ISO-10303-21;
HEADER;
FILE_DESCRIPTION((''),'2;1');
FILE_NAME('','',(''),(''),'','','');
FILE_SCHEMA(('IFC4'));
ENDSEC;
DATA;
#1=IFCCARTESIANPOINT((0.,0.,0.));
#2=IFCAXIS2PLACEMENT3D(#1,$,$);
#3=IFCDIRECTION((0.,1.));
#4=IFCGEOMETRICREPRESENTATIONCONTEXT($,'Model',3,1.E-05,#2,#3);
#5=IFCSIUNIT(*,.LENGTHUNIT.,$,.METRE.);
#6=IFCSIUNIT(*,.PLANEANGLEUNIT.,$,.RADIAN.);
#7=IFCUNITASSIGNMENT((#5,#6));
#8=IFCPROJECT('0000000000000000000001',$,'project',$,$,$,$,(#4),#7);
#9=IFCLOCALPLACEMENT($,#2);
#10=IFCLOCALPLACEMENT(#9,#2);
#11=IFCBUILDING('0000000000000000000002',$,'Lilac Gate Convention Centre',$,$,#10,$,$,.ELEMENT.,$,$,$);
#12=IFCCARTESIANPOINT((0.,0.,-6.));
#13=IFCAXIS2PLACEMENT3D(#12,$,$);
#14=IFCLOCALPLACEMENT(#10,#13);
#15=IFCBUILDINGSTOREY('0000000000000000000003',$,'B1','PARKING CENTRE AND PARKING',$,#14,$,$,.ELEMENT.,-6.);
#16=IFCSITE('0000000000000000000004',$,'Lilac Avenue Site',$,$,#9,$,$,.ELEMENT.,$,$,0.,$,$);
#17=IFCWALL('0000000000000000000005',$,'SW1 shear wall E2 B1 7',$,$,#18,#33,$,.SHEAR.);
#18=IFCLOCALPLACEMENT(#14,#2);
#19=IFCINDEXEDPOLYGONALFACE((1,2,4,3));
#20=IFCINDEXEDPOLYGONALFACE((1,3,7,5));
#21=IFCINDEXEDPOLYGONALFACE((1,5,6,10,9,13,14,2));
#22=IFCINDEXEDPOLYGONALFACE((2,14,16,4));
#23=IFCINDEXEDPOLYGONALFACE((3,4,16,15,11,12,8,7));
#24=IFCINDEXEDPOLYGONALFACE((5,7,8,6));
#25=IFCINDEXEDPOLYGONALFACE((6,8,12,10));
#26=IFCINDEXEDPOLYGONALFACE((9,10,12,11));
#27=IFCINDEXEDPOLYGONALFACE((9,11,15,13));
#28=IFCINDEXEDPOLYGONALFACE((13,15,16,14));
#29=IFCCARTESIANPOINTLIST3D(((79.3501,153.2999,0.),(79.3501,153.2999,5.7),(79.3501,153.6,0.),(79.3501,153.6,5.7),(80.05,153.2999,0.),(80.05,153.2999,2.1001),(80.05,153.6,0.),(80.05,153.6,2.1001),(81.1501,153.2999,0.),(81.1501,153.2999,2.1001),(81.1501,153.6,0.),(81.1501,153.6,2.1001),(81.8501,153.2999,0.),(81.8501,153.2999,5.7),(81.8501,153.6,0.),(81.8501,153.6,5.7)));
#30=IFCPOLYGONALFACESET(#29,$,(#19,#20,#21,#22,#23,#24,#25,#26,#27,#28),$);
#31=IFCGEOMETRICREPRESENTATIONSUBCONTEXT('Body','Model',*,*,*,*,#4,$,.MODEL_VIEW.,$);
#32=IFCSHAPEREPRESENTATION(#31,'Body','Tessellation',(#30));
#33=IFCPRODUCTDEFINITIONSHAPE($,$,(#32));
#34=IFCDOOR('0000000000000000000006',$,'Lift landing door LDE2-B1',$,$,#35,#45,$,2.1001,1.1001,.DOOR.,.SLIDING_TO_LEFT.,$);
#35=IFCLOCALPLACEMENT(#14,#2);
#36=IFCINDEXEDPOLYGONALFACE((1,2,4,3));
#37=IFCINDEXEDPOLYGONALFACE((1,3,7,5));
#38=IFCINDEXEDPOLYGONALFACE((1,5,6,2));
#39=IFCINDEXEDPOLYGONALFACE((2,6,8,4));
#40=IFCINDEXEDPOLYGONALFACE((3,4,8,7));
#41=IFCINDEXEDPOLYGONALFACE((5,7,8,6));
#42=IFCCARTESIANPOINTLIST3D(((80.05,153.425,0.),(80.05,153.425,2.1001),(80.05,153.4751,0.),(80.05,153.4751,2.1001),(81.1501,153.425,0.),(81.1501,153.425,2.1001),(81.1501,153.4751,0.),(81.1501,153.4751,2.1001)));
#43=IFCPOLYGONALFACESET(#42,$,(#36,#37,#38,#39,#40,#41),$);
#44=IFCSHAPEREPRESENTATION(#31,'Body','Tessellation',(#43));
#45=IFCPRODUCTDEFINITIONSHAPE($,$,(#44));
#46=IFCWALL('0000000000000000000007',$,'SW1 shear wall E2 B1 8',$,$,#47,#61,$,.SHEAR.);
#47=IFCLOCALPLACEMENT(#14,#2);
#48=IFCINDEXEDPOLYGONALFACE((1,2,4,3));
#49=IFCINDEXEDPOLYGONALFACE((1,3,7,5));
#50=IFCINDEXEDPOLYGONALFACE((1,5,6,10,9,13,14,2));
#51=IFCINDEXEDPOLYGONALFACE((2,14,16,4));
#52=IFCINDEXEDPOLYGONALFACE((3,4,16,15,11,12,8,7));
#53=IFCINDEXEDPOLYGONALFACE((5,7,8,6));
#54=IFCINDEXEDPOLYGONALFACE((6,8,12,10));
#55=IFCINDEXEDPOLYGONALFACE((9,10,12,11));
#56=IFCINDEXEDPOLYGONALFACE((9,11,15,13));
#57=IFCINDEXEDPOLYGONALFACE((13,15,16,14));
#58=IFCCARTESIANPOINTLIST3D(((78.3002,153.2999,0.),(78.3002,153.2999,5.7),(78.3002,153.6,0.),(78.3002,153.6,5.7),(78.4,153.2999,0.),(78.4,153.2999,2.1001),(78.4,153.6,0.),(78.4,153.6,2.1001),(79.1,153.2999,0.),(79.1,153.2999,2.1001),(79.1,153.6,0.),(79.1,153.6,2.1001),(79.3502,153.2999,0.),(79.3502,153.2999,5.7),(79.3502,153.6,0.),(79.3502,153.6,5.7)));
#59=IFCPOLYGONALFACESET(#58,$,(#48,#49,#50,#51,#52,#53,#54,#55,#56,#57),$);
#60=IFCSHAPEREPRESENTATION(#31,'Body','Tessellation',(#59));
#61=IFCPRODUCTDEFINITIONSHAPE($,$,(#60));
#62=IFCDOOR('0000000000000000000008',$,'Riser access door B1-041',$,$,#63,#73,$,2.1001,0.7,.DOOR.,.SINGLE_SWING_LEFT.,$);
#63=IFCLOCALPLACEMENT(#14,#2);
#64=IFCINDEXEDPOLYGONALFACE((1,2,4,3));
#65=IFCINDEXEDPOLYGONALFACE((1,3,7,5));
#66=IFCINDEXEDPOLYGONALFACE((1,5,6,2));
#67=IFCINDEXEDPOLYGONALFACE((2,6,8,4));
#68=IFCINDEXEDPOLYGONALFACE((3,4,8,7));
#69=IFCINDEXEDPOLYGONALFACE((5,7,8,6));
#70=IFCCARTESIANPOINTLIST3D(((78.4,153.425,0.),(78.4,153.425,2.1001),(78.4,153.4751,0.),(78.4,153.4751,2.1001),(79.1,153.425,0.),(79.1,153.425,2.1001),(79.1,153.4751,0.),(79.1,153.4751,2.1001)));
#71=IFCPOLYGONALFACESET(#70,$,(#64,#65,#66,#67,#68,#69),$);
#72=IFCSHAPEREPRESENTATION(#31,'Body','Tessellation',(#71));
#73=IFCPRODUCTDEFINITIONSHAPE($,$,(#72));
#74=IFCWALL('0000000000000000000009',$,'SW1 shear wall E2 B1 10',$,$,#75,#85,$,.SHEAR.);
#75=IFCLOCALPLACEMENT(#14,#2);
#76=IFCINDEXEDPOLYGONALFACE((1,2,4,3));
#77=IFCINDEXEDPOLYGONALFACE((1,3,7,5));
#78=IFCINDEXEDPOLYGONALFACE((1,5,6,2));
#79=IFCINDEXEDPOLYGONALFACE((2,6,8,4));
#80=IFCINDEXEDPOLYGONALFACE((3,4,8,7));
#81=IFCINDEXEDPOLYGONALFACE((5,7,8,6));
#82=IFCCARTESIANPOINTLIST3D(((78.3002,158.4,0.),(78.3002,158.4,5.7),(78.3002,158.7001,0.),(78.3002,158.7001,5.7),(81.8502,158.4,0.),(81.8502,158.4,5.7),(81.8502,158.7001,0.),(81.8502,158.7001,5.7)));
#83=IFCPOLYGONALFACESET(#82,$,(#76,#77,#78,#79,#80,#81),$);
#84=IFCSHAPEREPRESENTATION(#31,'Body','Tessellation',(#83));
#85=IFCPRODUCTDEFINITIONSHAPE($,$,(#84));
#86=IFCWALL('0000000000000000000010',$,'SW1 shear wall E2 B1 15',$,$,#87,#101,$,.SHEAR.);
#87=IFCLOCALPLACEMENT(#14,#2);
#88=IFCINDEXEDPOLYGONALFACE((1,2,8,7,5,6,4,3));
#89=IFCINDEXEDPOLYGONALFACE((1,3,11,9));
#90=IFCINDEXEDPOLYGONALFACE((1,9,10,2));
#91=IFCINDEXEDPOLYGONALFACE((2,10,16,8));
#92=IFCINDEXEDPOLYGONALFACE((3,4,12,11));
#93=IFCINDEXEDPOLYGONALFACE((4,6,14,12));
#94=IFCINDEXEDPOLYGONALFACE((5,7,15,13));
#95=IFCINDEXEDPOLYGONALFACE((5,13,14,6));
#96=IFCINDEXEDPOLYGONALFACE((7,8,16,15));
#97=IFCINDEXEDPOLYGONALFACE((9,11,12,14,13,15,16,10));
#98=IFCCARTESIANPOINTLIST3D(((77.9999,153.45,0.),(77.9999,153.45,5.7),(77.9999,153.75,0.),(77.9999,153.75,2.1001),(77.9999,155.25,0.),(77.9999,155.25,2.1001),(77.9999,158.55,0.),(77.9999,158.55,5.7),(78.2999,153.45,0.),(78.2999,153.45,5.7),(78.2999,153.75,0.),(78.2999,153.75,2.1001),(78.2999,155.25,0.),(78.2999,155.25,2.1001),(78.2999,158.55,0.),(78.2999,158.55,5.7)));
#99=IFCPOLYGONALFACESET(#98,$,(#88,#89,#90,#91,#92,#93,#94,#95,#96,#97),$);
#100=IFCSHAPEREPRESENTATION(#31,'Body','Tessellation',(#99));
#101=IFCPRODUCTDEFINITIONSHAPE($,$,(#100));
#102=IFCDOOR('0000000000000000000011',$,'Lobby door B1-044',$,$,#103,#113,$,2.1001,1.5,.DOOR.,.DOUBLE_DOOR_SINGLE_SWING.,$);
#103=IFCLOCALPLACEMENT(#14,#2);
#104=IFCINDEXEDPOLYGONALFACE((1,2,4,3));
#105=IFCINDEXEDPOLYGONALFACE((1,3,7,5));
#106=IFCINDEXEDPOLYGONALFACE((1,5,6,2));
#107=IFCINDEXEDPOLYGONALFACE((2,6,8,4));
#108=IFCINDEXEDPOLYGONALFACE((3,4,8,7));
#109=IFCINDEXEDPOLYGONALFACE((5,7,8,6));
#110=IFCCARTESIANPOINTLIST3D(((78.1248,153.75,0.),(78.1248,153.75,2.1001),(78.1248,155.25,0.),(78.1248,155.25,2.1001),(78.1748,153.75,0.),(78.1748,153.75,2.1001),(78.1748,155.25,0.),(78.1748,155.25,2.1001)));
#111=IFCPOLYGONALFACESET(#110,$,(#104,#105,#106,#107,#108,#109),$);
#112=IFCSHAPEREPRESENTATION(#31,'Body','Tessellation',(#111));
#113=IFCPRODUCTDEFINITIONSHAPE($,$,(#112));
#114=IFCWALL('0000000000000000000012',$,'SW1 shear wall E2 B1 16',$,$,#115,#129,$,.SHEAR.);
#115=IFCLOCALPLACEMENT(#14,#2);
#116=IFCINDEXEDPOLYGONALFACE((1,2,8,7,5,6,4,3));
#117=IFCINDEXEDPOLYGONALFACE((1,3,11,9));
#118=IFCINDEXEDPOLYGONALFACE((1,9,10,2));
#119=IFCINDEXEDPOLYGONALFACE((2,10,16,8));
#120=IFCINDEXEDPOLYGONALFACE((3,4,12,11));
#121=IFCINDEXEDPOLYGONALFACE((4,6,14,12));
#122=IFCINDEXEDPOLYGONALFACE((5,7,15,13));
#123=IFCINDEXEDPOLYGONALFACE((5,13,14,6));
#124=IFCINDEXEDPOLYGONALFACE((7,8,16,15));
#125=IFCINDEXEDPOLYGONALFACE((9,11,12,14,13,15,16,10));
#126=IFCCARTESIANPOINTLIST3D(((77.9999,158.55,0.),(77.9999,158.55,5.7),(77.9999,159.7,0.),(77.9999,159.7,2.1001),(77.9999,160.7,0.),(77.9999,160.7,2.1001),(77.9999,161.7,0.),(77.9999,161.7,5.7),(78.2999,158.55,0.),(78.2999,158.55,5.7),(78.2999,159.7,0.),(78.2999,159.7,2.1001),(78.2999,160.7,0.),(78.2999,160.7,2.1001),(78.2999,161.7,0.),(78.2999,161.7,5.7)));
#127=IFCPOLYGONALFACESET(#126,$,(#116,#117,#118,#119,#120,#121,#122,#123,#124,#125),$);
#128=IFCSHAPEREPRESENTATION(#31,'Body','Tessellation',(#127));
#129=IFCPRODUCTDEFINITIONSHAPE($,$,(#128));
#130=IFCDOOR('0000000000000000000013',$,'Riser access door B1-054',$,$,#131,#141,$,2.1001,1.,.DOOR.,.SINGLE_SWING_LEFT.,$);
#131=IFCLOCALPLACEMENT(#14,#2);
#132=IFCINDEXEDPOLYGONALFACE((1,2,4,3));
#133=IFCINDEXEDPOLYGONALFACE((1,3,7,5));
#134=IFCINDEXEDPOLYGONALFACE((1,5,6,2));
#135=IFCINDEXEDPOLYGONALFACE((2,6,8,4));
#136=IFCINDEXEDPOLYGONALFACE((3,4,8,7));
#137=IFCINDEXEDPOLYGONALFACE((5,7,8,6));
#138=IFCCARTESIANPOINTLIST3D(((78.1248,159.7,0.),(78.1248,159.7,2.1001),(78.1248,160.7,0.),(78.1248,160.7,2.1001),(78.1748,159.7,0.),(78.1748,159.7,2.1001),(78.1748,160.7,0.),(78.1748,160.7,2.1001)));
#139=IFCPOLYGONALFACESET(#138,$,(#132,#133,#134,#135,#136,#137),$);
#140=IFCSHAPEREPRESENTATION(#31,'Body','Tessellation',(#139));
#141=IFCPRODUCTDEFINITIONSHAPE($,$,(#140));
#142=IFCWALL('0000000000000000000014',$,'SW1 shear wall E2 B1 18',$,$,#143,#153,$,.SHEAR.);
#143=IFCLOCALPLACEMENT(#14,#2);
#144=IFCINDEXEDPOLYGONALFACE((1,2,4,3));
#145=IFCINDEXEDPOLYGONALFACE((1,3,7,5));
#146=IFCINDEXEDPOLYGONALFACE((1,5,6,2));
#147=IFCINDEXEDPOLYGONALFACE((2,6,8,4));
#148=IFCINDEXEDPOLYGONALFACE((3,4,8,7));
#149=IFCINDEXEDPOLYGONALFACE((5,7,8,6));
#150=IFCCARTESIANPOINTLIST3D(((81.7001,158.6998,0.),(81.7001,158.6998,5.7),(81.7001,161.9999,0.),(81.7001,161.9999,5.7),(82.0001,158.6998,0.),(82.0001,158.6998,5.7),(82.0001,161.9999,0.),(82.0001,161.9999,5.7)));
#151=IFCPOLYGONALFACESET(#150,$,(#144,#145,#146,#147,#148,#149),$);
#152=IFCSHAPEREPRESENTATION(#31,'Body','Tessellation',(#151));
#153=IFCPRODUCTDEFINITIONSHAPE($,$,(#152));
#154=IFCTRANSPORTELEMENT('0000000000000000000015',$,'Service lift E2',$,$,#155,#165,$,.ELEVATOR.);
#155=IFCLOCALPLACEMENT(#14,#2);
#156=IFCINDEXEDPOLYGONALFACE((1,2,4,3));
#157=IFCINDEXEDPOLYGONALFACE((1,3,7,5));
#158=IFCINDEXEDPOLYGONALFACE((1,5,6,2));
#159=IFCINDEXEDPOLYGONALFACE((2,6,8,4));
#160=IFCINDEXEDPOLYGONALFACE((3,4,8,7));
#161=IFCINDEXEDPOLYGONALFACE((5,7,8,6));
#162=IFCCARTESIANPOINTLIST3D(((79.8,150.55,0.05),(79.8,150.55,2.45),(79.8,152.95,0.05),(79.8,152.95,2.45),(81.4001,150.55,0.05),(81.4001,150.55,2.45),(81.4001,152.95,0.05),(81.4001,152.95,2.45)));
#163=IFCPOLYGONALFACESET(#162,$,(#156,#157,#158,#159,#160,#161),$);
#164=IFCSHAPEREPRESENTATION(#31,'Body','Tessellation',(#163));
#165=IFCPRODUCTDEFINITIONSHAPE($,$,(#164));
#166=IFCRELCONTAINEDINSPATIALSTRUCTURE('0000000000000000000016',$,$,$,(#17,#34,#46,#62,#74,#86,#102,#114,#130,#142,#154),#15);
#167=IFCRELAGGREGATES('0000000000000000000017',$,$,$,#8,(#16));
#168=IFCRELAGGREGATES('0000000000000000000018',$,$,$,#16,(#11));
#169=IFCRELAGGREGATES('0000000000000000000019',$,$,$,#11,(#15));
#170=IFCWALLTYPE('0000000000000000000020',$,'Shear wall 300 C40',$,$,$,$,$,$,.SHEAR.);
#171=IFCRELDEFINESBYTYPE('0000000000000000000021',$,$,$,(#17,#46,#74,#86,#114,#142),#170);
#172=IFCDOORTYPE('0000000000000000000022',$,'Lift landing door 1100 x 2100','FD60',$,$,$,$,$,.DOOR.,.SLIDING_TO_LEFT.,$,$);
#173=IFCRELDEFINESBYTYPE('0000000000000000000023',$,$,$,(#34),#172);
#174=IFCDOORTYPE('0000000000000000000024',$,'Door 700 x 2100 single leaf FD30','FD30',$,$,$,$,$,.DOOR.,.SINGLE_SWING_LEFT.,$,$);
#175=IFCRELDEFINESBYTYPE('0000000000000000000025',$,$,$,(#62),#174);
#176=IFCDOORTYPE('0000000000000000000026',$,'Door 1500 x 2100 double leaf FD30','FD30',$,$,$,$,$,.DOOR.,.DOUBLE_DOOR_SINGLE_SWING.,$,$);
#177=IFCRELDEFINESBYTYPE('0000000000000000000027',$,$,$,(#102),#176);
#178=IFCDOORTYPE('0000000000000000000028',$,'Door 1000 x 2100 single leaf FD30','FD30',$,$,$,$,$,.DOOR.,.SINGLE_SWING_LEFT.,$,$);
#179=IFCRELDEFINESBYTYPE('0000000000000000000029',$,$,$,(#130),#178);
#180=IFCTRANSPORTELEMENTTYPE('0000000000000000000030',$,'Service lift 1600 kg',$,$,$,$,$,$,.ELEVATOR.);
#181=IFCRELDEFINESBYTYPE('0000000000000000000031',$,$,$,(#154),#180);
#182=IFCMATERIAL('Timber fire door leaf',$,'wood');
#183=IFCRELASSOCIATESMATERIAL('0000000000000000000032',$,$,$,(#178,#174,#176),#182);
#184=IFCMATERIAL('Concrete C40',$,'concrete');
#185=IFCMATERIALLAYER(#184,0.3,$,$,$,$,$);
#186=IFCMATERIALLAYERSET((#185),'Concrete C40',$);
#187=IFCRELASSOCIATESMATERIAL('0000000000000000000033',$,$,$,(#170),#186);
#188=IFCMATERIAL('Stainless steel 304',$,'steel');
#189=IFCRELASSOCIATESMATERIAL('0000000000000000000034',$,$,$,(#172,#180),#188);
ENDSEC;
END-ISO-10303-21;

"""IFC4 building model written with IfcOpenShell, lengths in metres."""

from ifc_helpers import new_model, si_unit, direction, frame, frame_2d, origin, origin_2d, place, context, subcontext, project, spatial, rectangle, extrude, material, layer, layer_set, type_object, element, fill, save


model = new_model("IFC4")

# Units and contexts
model_context = context("Model", 3, precision=1e-05, world=origin(), true_north=direction((0.0, 1.0)))
body_context = subcontext(model_context, "Body", "Model", "MODEL_VIEW")
ifc_project = project(units=[si_unit("LENGTHUNIT", "METRE"), si_unit("PLANEANGLEUNIT", "RADIAN")], contexts=[model_context])

# Site, building, storey
site_placement = place(None, origin())
site = spatial("IfcSite", under=ifc_project, at=site_placement, Name="Lilac Avenue Site", CompositionType="ELEMENT", RefElevation=0.0)
building_placement = place(site_placement, origin())
building = spatial("IfcBuilding", under=site, at=building_placement, Name="Lilac Gate Convention Centre", CompositionType="ELEMENT")
storey_placement = place(building_placement, frame((0.0, 0.0, -6.0)))
storey = spatial("IfcBuildingStorey", under=building, at=storey_placement, Name="B1", Description="PARKING CENTRE AND PARKING", CompositionType="ELEMENT", Elevation=-6.0)

# Shared definitions
ifc_material_1 = material(Name="Timber fire door leaf", Category="wood")
door_type_1 = type_object("IfcDoorType", Name="Door 1000 x 2100 single leaf FD30", Description="FD30", OperationType="SINGLE_SWING_LEFT", PredefinedType="DOOR", material=ifc_material_1)

# Shared definitions
ifc_material_2 = material(Name="Concrete C40", Category="concrete")
ifc_layer_1 = layer(ifc_material_2, 0.3)
ifc_layer_set_1 = layer_set([ifc_layer_1], Name="Concrete C40")
wall_type_1 = type_object("IfcWallType", Name="Shear wall 300 C40", PredefinedType="SHEAR", material=ifc_layer_set_1)

# Walls, openings, doors
wall_1_placement = place(storey_placement, frame((81.8501, 153.45, 0.0), z_axis=(0.0, 0.0, 1.0), x_axis=(-1.0, 0.0, 0.0)))
wall_1 = element("IfcWall", 1, at=wall_1_placement, inside=storey, type_object=wall_type_1, Name="SW1 shear wall E2 B1 7", PredefinedType="SHEAR", context=body_context, shape_type="SweptSolid", body=[
    extrude(rectangle(XDim=2.5, YDim=0.3, at=frame_2d((1.25, 0.0))), origin(), (0.0, 0.0, 1.0), 5.7),
])
opening_1_placement = place(wall_1_placement, frame((0.7, 0.0, 0.0)))
opening_1 = element("IfcOpeningElement", 2, at=opening_1_placement, cuts=wall_1, PredefinedType="OPENING", context=body_context, shape_type="SweptSolid", body=[
    extrude(rectangle(XDim=1.1001, YDim=2.1001, at=frame_2d((0.55, 1.05))), frame((0.0, 0.1599, 0.0), z_axis=(0.0, -1.0, 0.0), x_axis=(1.0, 0.0, 0.0)), (0.0, 0.0, 1.0), 0.3201),
])
ifc_material_3 = material(Name="Stainless steel 304", Category="steel")
door_type_2 = type_object("IfcDoorType", Name="Lift landing door 1100 x 2100", Description="FD60", OperationType="SLIDING_TO_LEFT", PredefinedType="DOOR", material=ifc_material_3)
door_1_placement = place(opening_1_placement, origin())
door_1 = element("IfcDoor", 3, at=door_1_placement, inside=storey, type_object=door_type_2, Name="Lift landing door LDE2-B1", OperationType="SLIDING_TO_LEFT", OverallHeight=2.1001, OverallWidth=1.1001, PredefinedType="DOOR", context=body_context, shape_type="SweptSolid", body=[
    extrude(rectangle(XDim=1.1001, YDim=2.1001, at=frame_2d((0.55, 1.05))), frame((0.0, 0.0249, 0.0), z_axis=(0.0, -1.0, 0.0), x_axis=(1.0, 0.0, 0.0)), (0.0, 0.0, 1.0), 0.05),
])
fill(opening_1, door_1)
wall_2_placement = place(storey_placement, frame((79.3501, 153.45, 0.0), z_axis=(0.0, 0.0, 1.0), x_axis=(-1.0, 0.0, 0.0)))
wall_2 = element("IfcWall", 4, at=wall_2_placement, inside=storey, type_object=wall_type_1, Name="SW1 shear wall E2 B1 8", PredefinedType="SHEAR", context=body_context, shape_type="SweptSolid", body=[
    extrude(rectangle(XDim=1.05, YDim=0.3, at=frame_2d((0.5249, 0.0))), origin(), (0.0, 0.0, 1.0), 5.7),
])
opening_2_placement = place(wall_2_placement, frame((0.25, 0.0, 0.0)))
opening_2 = element("IfcOpeningElement", 5, at=opening_2_placement, cuts=wall_2, PredefinedType="OPENING", context=body_context, shape_type="SweptSolid", body=[
    extrude(rectangle(XDim=0.7, YDim=2.1001, at=frame_2d((0.3501, 1.05))), frame((0.0, 0.1599, 0.0), z_axis=(0.0, -1.0, 0.0), x_axis=(1.0, 0.0, 0.0)), (0.0, 0.0, 1.0), 0.3201),
])
door_type_3 = type_object("IfcDoorType", Name="Door 700 x 2100 single leaf FD30", Description="FD30", OperationType="SINGLE_SWING_LEFT", PredefinedType="DOOR", material=ifc_material_1)
door_2_placement = place(opening_2_placement, origin())
door_2 = element("IfcDoor", 6, at=door_2_placement, inside=storey, type_object=door_type_3, Name="Riser access door B1-041", OperationType="SINGLE_SWING_LEFT", OverallHeight=2.1001, OverallWidth=0.7, PredefinedType="DOOR", context=body_context, shape_type="SweptSolid", body=[
    extrude(rectangle(XDim=0.7, YDim=2.1001, at=frame_2d((0.3501, 1.05))), frame((0.0, 0.0249, 0.0), z_axis=(0.0, -1.0, 0.0), x_axis=(1.0, 0.0, 0.0)), (0.0, 0.0, 1.0), 0.05),
])
fill(opening_2, door_2)

# Wall
wall_3_placement = place(storey_placement, frame((81.8501, 158.55, 0.0), z_axis=(0.0, 0.0, 1.0), x_axis=(-1.0, 0.0, 0.0)))
element("IfcWall", 7, at=wall_3_placement, inside=storey, type_object=wall_type_1, Name="SW1 shear wall E2 B1 10", PredefinedType="SHEAR", context=body_context, shape_type="SweptSolid", body=[
    extrude(rectangle(XDim=3.55, YDim=0.3, at=frame_2d((1.7749, 0.0))), origin(), (0.0, 0.0, 1.0), 5.7),
])

# Walls, openings, doors
wall_4_placement = place(storey_placement, frame((78.1499, 153.45, 0.0), z_axis=(0.0, 0.0, 1.0), x_axis=(0.0, 1.0, 0.0)))
wall_4 = element("IfcWall", 8, at=wall_4_placement, inside=storey, type_object=wall_type_1, Name="SW1 shear wall E2 B1 15", PredefinedType="SHEAR", context=body_context, shape_type="SweptSolid", body=[
    extrude(rectangle(XDim=5.1001, YDim=0.3, at=frame_2d((2.55, 0.0))), origin(), (0.0, 0.0, 1.0), 5.7),
])
opening_3_placement = place(wall_4_placement, frame((0.3, 0.0, 0.0)))
opening_3 = element("IfcOpeningElement", 9, at=opening_3_placement, cuts=wall_4, PredefinedType="OPENING", context=body_context, shape_type="SweptSolid", body=[
    extrude(rectangle(XDim=1.5, YDim=2.1001, at=frame_2d((0.75, 1.05))), frame((0.0, 0.1599, 0.0), z_axis=(0.0, -1.0, 0.0), x_axis=(1.0, 0.0, 0.0)), (0.0, 0.0, 1.0), 0.3201),
])
door_type_4 = type_object("IfcDoorType", Name="Door 1500 x 2100 double leaf FD30", Description="FD30", OperationType="DOUBLE_DOOR_SINGLE_SWING", PredefinedType="DOOR", material=ifc_material_1)
door_3_placement = place(opening_3_placement, frame((1.5, 0.0, 0.0), z_axis=(0.0, 0.0, 1.0), x_axis=(-1.0, 0.0, 0.0)))
door_3 = element("IfcDoor", 10, at=door_3_placement, inside=storey, type_object=door_type_4, Name="Lobby door B1-044", OperationType="DOUBLE_DOOR_SINGLE_SWING", OverallHeight=2.1001, OverallWidth=1.5, PredefinedType="DOOR", context=body_context, shape_type="SweptSolid", body=[
    extrude(rectangle(XDim=1.5, YDim=2.1001, at=frame_2d((0.75, 1.05))), frame((0.0, 0.0249, 0.0), z_axis=(0.0, -1.0, 0.0), x_axis=(1.0, 0.0, 0.0)), (0.0, 0.0, 1.0), 0.05),
])
fill(opening_3, door_3)
wall_5_placement = place(storey_placement, frame((78.1499, 158.55, 0.0), z_axis=(0.0, 0.0, 1.0), x_axis=(0.0, 1.0, 0.0)))
wall_5 = element("IfcWall", 11, at=wall_5_placement, inside=storey, type_object=wall_type_1, Name="SW1 shear wall E2 B1 16", PredefinedType="SHEAR", context=body_context, shape_type="SweptSolid", body=[
    extrude(rectangle(XDim=3.1499, YDim=0.3, at=frame_2d((1.575, 0.0))), origin(), (0.0, 0.0, 1.0), 5.7),
])
opening_4_placement = place(wall_5_placement, frame((1.1499, 0.0, 0.0)))
opening_4 = element("IfcOpeningElement", 12, at=opening_4_placement, cuts=wall_5, PredefinedType="OPENING", context=body_context, shape_type="SweptSolid", body=[
    extrude(rectangle(XDim=1.0, YDim=2.1001, at=frame_2d((0.5, 1.05))), frame((0.0, 0.1599, 0.0), z_axis=(0.0, -1.0, 0.0), x_axis=(1.0, 0.0, 0.0)), (0.0, 0.0, 1.0), 0.3201),
])
door_4_placement = place(opening_4_placement, frame((1.0, 0.0, 0.0), z_axis=(0.0, 0.0, 1.0), x_axis=(-1.0, 0.0, 0.0)))
door_4 = element("IfcDoor", 13, at=door_4_placement, inside=storey, type_object=door_type_1, Name="Riser access door B1-054", OperationType="SINGLE_SWING_LEFT", OverallHeight=2.1001, OverallWidth=1.0, PredefinedType="DOOR", context=body_context, shape_type="SweptSolid", body=[
    extrude(rectangle(XDim=1.0, YDim=2.1001, at=frame_2d((0.5, 1.05))), frame((0.0, 0.0249, 0.0), z_axis=(0.0, -1.0, 0.0), x_axis=(1.0, 0.0, 0.0)), (0.0, 0.0, 1.0), 0.05),
])
fill(opening_4, door_4)

# Wall
wall_6_placement = place(storey_placement, frame((81.8501, 158.7, 0.0), z_axis=(0.0, 0.0, 1.0), x_axis=(0.0, 1.0, 0.0)))
element("IfcWall", 14, at=wall_6_placement, inside=storey, type_object=wall_type_1, Name="SW1 shear wall E2 B1 18", PredefinedType="SHEAR", context=body_context, shape_type="SweptSolid", body=[
    extrude(rectangle(XDim=3.3, YDim=0.3, at=frame_2d((1.6499, 0.0))), origin(), (0.0, 0.0, 1.0), 5.7),
])

# Transport element
transport_element_type = type_object("IfcTransportElementType", Name="Service lift 1600 kg", PredefinedType="ELEVATOR", material=ifc_material_3)
transport_element_placement = place(storey_placement, frame((80.6001, 151.75, 0.05), z_axis=(0.0, 0.0, 1.0), x_axis=(1.0, 0.0, 0.0)))
element("IfcTransportElement", 15, at=transport_element_placement, inside=storey, type_object=transport_element_type, Name="Service lift E2", PredefinedType="ELEVATOR", context=body_context, shape_type="SweptSolid", body=[
    extrude(rectangle(XDim=1.6001, YDim=2.3999, at=origin_2d()), origin(), (0.0, 0.0, 1.0), 2.3999),
])

save(model, "model.ifc")
